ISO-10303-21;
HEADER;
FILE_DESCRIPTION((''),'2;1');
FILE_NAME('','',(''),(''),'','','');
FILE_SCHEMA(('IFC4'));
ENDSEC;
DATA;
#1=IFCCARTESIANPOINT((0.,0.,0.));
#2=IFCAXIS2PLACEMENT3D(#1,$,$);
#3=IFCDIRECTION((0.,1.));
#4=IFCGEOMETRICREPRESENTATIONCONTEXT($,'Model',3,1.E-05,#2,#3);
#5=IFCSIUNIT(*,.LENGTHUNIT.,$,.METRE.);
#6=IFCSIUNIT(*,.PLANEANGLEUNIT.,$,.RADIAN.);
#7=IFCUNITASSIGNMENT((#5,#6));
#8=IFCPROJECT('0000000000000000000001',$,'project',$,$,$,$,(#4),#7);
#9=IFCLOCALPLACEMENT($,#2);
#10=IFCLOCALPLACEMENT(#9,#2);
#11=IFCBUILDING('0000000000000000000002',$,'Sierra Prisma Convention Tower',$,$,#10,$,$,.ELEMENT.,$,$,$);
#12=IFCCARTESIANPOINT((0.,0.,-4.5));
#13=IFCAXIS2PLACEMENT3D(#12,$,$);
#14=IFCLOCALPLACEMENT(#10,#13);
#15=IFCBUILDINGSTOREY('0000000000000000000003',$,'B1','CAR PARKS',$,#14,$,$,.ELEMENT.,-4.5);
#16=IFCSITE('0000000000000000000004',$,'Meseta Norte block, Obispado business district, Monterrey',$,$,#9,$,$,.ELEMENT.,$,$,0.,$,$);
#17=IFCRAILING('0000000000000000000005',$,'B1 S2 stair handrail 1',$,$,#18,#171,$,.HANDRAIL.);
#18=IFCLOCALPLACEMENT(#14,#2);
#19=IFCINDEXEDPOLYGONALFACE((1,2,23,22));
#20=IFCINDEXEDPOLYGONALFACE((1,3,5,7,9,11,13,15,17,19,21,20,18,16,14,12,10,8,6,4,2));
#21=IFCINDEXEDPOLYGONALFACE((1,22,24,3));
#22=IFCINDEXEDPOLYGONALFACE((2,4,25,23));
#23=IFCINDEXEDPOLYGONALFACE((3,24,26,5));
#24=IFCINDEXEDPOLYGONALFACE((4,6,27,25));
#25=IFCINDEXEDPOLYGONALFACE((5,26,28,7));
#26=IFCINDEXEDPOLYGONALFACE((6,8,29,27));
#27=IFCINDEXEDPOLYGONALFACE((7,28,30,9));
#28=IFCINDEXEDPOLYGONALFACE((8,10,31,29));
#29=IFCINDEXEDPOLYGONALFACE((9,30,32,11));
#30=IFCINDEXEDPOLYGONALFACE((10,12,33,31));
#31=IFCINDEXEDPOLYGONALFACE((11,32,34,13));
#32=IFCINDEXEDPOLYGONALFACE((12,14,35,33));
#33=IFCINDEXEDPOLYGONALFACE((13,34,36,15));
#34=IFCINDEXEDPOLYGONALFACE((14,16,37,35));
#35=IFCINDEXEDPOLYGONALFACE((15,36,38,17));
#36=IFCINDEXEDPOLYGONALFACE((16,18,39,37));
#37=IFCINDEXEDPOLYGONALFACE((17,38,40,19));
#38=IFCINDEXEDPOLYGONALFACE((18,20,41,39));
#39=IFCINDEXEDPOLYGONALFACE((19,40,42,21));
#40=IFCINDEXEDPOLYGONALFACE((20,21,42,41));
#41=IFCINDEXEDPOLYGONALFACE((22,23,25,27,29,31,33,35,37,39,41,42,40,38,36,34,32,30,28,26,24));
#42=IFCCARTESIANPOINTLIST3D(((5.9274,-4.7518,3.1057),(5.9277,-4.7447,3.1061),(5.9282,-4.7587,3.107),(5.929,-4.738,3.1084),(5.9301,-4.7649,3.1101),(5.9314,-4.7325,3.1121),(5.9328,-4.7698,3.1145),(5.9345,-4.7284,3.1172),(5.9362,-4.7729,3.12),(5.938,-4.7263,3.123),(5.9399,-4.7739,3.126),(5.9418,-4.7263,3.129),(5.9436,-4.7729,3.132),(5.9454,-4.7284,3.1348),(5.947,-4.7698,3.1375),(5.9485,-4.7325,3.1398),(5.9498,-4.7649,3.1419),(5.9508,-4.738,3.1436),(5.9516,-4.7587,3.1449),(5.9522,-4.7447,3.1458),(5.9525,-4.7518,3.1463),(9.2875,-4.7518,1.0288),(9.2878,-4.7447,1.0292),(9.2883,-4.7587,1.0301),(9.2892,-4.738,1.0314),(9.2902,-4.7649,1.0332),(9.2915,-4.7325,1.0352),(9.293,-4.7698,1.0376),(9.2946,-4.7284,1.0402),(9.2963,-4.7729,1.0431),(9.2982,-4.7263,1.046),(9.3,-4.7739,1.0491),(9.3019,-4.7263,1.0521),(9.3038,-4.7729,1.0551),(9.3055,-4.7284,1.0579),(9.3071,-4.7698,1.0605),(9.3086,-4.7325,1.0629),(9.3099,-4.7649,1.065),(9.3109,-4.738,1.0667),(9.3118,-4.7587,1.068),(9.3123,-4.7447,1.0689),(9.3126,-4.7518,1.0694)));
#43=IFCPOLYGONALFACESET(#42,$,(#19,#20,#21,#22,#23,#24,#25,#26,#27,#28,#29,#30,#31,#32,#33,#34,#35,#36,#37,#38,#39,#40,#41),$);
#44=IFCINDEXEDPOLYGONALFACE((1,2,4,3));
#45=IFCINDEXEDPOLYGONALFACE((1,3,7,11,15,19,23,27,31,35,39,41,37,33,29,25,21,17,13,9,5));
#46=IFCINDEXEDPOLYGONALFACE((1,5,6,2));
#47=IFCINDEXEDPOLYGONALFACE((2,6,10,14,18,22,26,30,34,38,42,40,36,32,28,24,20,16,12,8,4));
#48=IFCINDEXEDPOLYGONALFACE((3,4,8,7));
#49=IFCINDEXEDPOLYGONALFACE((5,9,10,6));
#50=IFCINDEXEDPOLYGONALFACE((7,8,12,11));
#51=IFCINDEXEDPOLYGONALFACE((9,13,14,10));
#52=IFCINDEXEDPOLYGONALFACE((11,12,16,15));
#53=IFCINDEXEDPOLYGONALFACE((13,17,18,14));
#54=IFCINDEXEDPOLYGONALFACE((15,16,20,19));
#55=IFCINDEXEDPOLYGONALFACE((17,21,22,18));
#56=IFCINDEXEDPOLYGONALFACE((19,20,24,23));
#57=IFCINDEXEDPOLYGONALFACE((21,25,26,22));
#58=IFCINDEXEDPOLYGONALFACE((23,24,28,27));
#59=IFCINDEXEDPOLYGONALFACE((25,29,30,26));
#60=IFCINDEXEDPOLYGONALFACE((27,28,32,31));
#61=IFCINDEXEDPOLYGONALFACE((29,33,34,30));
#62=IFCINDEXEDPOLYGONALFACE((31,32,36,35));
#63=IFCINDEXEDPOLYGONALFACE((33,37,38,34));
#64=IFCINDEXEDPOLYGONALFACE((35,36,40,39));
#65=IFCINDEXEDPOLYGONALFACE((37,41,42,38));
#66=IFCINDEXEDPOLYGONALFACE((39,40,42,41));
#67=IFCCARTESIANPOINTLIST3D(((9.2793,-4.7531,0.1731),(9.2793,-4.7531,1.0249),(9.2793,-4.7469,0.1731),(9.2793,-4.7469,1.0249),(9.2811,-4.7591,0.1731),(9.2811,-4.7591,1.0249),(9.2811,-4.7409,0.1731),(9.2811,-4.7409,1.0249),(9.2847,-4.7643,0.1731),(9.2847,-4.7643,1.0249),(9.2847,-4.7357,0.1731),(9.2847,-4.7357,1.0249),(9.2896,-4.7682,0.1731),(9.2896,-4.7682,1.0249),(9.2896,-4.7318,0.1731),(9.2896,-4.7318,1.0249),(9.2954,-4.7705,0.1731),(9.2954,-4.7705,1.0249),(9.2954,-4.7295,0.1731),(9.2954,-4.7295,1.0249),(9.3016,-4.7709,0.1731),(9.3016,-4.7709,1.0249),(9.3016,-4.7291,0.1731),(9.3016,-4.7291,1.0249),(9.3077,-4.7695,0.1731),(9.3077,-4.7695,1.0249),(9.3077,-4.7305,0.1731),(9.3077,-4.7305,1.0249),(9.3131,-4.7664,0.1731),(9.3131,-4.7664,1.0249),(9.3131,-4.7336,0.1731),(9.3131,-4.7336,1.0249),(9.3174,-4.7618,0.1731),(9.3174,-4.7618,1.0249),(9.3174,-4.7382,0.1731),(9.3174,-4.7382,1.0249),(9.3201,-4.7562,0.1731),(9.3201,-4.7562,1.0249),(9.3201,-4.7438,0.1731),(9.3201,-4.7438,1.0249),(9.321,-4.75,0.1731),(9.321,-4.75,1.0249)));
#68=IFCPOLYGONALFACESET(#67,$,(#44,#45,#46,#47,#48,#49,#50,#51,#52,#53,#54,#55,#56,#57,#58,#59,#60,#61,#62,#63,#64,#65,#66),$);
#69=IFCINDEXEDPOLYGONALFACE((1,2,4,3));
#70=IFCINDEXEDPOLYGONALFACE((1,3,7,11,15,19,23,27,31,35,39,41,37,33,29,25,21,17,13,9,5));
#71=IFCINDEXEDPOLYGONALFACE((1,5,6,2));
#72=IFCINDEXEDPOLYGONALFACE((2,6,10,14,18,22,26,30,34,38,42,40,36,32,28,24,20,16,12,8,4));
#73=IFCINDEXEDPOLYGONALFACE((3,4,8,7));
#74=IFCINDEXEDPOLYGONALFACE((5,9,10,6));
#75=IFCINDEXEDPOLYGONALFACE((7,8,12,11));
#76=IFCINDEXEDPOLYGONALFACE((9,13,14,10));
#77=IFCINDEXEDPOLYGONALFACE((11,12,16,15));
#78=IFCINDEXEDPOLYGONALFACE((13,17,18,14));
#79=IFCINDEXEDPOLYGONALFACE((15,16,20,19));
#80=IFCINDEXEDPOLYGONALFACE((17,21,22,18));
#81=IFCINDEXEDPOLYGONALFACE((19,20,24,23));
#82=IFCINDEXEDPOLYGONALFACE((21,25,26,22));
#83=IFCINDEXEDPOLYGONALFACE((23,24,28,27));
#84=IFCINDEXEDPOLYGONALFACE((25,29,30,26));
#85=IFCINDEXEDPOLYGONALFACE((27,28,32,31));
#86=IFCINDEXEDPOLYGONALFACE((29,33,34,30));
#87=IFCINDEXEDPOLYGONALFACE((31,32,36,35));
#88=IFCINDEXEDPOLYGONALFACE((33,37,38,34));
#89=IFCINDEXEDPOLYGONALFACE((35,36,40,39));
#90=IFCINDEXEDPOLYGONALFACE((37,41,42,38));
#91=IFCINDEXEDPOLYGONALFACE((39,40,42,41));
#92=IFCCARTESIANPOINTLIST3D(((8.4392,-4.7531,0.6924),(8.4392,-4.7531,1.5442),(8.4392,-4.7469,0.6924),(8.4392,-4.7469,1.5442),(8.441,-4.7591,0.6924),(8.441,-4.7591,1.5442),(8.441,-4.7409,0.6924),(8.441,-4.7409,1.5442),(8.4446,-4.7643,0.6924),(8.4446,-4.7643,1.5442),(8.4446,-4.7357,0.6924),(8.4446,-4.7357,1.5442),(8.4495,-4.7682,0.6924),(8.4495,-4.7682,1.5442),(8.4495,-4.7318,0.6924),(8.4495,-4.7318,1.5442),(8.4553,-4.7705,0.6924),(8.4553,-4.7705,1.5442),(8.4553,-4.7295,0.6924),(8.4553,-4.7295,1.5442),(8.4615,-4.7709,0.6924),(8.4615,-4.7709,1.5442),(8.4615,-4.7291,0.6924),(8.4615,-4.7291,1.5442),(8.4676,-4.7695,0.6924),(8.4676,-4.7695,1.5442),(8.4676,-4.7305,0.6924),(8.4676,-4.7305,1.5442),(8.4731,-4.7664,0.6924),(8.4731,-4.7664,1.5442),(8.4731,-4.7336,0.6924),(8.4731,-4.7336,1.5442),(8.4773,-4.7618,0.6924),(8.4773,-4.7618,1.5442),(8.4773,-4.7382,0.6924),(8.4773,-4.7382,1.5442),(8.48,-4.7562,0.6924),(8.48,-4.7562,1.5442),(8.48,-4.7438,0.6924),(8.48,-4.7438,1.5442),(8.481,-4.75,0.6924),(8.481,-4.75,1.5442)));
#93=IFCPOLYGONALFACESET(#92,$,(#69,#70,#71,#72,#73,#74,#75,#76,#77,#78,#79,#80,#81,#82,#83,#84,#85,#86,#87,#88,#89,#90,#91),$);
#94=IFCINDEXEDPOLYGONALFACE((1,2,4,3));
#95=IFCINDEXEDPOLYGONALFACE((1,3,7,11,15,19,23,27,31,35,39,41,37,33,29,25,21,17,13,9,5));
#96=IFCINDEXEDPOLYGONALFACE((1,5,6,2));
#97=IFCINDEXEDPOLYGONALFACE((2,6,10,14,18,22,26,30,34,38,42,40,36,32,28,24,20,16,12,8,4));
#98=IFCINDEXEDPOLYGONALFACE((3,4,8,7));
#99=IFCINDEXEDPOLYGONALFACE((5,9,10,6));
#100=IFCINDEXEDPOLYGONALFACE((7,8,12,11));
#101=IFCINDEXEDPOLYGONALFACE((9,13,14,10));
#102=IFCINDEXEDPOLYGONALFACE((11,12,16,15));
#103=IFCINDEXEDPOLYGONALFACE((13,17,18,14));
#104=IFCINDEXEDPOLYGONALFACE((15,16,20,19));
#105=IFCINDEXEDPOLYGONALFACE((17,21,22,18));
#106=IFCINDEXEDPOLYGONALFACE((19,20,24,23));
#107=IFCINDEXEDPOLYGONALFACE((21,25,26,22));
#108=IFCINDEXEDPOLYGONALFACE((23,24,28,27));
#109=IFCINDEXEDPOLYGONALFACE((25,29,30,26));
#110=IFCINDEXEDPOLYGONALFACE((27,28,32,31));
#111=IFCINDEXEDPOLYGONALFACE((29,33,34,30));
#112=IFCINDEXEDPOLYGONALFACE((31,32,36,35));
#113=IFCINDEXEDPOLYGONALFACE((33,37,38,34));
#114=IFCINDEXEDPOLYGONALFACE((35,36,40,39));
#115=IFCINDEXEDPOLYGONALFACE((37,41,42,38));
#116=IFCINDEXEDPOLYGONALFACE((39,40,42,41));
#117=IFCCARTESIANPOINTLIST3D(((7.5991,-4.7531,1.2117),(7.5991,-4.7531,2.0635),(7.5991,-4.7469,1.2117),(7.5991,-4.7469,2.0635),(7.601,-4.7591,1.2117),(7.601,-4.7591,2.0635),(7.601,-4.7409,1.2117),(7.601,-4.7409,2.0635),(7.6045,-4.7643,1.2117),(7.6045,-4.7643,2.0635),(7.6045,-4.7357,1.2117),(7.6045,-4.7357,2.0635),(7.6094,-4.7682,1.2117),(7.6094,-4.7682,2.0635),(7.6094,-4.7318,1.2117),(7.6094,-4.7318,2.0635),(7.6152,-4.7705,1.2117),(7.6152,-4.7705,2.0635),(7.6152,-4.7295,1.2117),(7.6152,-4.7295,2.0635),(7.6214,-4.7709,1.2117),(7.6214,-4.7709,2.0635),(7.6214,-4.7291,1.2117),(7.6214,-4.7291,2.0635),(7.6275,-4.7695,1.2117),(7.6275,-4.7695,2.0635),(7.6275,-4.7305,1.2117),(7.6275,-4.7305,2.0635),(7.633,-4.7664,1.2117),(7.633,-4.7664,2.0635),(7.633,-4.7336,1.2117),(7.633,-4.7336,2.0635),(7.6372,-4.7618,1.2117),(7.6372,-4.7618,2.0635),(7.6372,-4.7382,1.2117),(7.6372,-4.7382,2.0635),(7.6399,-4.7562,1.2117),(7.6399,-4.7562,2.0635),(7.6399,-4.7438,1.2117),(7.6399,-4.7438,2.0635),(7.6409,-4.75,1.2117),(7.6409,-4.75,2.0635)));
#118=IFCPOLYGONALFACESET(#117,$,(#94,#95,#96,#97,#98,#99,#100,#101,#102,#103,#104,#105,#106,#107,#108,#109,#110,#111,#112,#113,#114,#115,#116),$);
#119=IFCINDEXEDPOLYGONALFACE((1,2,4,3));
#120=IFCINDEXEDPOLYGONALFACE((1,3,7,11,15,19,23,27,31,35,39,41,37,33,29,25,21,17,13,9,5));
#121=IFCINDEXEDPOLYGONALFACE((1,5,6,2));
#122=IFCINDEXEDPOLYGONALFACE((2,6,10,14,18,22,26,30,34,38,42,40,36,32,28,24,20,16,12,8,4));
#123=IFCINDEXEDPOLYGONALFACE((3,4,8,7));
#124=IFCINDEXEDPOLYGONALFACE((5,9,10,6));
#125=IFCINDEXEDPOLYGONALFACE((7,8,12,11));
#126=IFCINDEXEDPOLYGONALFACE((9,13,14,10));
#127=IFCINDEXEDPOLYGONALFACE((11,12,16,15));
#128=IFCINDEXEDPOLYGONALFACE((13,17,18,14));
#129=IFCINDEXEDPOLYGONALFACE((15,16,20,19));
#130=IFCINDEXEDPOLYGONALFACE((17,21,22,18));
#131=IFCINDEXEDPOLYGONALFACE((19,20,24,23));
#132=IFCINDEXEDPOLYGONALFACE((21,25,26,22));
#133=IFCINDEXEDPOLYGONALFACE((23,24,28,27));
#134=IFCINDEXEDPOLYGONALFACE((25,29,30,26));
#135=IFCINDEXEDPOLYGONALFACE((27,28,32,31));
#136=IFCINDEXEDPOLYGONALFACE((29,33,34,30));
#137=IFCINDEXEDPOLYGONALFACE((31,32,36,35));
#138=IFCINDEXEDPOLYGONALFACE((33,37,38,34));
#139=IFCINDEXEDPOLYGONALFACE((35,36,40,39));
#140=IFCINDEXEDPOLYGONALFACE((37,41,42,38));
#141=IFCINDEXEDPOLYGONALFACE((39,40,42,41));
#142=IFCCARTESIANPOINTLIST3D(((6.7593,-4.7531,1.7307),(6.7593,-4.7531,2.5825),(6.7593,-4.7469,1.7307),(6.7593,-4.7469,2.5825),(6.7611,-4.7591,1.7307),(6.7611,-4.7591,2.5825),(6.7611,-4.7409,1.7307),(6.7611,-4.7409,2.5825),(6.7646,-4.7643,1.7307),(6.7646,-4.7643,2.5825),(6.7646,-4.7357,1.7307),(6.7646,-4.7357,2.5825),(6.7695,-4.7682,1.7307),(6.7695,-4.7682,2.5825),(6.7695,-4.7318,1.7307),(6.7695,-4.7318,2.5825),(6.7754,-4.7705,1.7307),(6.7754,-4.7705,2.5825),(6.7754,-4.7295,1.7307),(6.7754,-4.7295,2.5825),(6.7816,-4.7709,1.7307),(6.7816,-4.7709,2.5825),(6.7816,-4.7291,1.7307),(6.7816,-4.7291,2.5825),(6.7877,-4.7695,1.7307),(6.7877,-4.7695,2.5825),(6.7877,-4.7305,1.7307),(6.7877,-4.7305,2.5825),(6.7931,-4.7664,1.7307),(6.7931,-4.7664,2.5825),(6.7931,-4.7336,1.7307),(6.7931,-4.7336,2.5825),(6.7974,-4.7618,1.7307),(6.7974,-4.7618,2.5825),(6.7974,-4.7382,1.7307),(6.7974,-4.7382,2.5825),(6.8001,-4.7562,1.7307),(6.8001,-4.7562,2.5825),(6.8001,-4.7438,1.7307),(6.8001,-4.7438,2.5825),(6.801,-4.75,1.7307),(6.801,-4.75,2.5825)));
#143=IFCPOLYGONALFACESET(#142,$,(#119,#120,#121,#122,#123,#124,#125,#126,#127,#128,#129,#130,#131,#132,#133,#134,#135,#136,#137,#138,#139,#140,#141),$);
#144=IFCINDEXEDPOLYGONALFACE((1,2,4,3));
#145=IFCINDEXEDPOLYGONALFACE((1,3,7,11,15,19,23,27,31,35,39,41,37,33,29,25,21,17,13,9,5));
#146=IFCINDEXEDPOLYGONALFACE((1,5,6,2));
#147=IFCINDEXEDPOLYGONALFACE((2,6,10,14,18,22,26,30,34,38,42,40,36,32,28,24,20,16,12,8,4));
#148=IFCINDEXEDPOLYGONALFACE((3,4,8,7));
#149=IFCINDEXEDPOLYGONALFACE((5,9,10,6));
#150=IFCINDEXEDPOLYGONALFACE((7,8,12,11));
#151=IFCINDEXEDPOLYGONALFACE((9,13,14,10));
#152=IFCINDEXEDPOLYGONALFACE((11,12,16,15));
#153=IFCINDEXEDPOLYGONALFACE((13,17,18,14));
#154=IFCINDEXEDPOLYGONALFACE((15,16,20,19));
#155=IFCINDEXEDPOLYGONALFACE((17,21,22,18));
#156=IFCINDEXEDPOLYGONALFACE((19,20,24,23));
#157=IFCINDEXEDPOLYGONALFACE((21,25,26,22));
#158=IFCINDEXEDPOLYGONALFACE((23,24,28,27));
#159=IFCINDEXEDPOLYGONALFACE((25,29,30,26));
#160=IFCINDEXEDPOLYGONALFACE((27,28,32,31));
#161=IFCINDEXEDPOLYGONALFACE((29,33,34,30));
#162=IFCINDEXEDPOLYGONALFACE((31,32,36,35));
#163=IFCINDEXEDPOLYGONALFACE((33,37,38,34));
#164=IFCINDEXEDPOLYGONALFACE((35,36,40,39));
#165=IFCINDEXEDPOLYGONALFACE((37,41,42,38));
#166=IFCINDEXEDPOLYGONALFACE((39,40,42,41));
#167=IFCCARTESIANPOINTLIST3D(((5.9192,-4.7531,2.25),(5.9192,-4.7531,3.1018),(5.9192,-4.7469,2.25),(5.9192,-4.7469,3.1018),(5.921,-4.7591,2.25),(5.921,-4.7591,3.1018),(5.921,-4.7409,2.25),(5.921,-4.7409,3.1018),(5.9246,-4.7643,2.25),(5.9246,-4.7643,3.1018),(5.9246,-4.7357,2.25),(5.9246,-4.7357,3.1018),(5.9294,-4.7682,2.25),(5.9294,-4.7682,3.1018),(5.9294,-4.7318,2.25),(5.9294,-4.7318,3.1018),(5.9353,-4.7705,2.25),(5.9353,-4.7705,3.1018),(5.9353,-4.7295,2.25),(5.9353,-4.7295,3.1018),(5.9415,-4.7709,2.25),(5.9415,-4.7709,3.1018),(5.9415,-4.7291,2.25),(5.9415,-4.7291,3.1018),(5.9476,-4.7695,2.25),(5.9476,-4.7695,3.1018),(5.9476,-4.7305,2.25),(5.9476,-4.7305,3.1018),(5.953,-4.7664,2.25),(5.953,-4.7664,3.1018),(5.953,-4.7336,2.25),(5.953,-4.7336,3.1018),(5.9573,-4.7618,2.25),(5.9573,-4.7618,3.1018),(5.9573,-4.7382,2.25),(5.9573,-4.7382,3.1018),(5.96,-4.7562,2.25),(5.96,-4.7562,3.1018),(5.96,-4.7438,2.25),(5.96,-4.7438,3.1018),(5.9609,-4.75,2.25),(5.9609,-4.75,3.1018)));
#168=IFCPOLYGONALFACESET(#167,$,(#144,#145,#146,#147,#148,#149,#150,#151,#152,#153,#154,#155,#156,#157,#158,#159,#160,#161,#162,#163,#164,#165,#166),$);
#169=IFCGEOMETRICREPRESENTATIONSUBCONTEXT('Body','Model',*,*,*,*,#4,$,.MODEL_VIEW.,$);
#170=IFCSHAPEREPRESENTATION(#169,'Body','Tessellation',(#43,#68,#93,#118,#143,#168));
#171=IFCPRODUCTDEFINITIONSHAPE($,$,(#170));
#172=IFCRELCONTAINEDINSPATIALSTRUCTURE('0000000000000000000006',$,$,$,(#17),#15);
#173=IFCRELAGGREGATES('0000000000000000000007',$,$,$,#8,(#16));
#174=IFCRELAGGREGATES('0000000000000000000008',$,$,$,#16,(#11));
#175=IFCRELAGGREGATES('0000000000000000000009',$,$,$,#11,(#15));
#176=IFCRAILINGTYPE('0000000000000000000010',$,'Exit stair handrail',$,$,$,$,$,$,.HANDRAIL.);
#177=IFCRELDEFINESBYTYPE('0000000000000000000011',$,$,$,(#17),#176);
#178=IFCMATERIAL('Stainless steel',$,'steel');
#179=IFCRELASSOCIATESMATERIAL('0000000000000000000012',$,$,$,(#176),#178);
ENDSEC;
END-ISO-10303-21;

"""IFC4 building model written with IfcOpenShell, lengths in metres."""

from ifc_helpers import new_model, si_unit, direction, frame, origin, origin_2d, place, context, subcontext, project, spatial, circle, extrude, material, type_object, element, save


model = new_model("IFC4")

# Units and contexts
model_context = context("Model", 3, precision=1e-05, world=origin(), true_north=direction((0.0, 1.0)))
body_context = subcontext(model_context, "Body", "Model", "MODEL_VIEW")
ifc_project = project(units=[si_unit("LENGTHUNIT", "METRE"), si_unit("PLANEANGLEUNIT", "RADIAN")], contexts=[model_context])

# Site, building, storey
site_placement = place(None, origin())
site = spatial("IfcSite", under=ifc_project, at=site_placement, Name="Meseta Norte block, Obispado business district, Monterrey", CompositionType="ELEMENT", RefElevation=0.0)
building_placement = place(site_placement, origin())
building = spatial("IfcBuilding", under=site, at=building_placement, Name="Sierra Prisma Convention Tower", CompositionType="ELEMENT")
storey_placement = place(building_placement, frame((0.0, 0.0, -4.5)))
storey = spatial("IfcBuildingStorey", under=building, at=storey_placement, Name="B1", Description="CAR PARKS", CompositionType="ELEMENT", Elevation=-4.5)

# Railing
ifc_material_1 = material(Name="Stainless steel", Category="steel")
railing_type_1 = type_object("IfcRailingType", Name="Exit stair handrail", PredefinedType="HANDRAIL", material=ifc_material_1)
railing_1_placement = place(storey_placement, frame((9.3, -4.75, 0.1731)))
element("IfcRailing", 1, at=railing_1_placement, inside=storey, type_object=railing_type_1, Name="B1 S2 stair handrail 1", PredefinedType="HANDRAIL", context=body_context, shape_type="SweptSolid", body=[
    extrude(circle(Radius=0.0239, at=origin_2d()), frame((0.0, 0.0, 0.876), z_axis=(-0.850623, 0.0, 0.525776), x_axis=(0.0, -1.0, 0.0)), (0.0, 0.0, 1.0), 3.9502),
    extrude(circle(Radius=0.021, at=origin_2d()), origin(), (0.0, 0.0, 1.0), 0.8518),
    extrude(circle(Radius=0.021, at=origin_2d()), frame((-0.8401, 0.0, 0.5193)), (0.0, 0.0, 1.0), 0.8518),
    extrude(circle(Radius=0.021, at=origin_2d()), frame((-1.6802, 0.0, 1.0386)), (0.0, 0.0, 1.0), 0.8518),
    extrude(circle(Radius=0.021, at=origin_2d()), frame((-2.52, 0.0, 1.5576)), (0.0, 0.0, 1.0), 0.8518),
    extrude(circle(Radius=0.021, at=origin_2d()), frame((-3.3601, 0.0, 2.0769)), (0.0, 0.0, 1.0), 0.8518),
])

save(model, "model.ifc")
